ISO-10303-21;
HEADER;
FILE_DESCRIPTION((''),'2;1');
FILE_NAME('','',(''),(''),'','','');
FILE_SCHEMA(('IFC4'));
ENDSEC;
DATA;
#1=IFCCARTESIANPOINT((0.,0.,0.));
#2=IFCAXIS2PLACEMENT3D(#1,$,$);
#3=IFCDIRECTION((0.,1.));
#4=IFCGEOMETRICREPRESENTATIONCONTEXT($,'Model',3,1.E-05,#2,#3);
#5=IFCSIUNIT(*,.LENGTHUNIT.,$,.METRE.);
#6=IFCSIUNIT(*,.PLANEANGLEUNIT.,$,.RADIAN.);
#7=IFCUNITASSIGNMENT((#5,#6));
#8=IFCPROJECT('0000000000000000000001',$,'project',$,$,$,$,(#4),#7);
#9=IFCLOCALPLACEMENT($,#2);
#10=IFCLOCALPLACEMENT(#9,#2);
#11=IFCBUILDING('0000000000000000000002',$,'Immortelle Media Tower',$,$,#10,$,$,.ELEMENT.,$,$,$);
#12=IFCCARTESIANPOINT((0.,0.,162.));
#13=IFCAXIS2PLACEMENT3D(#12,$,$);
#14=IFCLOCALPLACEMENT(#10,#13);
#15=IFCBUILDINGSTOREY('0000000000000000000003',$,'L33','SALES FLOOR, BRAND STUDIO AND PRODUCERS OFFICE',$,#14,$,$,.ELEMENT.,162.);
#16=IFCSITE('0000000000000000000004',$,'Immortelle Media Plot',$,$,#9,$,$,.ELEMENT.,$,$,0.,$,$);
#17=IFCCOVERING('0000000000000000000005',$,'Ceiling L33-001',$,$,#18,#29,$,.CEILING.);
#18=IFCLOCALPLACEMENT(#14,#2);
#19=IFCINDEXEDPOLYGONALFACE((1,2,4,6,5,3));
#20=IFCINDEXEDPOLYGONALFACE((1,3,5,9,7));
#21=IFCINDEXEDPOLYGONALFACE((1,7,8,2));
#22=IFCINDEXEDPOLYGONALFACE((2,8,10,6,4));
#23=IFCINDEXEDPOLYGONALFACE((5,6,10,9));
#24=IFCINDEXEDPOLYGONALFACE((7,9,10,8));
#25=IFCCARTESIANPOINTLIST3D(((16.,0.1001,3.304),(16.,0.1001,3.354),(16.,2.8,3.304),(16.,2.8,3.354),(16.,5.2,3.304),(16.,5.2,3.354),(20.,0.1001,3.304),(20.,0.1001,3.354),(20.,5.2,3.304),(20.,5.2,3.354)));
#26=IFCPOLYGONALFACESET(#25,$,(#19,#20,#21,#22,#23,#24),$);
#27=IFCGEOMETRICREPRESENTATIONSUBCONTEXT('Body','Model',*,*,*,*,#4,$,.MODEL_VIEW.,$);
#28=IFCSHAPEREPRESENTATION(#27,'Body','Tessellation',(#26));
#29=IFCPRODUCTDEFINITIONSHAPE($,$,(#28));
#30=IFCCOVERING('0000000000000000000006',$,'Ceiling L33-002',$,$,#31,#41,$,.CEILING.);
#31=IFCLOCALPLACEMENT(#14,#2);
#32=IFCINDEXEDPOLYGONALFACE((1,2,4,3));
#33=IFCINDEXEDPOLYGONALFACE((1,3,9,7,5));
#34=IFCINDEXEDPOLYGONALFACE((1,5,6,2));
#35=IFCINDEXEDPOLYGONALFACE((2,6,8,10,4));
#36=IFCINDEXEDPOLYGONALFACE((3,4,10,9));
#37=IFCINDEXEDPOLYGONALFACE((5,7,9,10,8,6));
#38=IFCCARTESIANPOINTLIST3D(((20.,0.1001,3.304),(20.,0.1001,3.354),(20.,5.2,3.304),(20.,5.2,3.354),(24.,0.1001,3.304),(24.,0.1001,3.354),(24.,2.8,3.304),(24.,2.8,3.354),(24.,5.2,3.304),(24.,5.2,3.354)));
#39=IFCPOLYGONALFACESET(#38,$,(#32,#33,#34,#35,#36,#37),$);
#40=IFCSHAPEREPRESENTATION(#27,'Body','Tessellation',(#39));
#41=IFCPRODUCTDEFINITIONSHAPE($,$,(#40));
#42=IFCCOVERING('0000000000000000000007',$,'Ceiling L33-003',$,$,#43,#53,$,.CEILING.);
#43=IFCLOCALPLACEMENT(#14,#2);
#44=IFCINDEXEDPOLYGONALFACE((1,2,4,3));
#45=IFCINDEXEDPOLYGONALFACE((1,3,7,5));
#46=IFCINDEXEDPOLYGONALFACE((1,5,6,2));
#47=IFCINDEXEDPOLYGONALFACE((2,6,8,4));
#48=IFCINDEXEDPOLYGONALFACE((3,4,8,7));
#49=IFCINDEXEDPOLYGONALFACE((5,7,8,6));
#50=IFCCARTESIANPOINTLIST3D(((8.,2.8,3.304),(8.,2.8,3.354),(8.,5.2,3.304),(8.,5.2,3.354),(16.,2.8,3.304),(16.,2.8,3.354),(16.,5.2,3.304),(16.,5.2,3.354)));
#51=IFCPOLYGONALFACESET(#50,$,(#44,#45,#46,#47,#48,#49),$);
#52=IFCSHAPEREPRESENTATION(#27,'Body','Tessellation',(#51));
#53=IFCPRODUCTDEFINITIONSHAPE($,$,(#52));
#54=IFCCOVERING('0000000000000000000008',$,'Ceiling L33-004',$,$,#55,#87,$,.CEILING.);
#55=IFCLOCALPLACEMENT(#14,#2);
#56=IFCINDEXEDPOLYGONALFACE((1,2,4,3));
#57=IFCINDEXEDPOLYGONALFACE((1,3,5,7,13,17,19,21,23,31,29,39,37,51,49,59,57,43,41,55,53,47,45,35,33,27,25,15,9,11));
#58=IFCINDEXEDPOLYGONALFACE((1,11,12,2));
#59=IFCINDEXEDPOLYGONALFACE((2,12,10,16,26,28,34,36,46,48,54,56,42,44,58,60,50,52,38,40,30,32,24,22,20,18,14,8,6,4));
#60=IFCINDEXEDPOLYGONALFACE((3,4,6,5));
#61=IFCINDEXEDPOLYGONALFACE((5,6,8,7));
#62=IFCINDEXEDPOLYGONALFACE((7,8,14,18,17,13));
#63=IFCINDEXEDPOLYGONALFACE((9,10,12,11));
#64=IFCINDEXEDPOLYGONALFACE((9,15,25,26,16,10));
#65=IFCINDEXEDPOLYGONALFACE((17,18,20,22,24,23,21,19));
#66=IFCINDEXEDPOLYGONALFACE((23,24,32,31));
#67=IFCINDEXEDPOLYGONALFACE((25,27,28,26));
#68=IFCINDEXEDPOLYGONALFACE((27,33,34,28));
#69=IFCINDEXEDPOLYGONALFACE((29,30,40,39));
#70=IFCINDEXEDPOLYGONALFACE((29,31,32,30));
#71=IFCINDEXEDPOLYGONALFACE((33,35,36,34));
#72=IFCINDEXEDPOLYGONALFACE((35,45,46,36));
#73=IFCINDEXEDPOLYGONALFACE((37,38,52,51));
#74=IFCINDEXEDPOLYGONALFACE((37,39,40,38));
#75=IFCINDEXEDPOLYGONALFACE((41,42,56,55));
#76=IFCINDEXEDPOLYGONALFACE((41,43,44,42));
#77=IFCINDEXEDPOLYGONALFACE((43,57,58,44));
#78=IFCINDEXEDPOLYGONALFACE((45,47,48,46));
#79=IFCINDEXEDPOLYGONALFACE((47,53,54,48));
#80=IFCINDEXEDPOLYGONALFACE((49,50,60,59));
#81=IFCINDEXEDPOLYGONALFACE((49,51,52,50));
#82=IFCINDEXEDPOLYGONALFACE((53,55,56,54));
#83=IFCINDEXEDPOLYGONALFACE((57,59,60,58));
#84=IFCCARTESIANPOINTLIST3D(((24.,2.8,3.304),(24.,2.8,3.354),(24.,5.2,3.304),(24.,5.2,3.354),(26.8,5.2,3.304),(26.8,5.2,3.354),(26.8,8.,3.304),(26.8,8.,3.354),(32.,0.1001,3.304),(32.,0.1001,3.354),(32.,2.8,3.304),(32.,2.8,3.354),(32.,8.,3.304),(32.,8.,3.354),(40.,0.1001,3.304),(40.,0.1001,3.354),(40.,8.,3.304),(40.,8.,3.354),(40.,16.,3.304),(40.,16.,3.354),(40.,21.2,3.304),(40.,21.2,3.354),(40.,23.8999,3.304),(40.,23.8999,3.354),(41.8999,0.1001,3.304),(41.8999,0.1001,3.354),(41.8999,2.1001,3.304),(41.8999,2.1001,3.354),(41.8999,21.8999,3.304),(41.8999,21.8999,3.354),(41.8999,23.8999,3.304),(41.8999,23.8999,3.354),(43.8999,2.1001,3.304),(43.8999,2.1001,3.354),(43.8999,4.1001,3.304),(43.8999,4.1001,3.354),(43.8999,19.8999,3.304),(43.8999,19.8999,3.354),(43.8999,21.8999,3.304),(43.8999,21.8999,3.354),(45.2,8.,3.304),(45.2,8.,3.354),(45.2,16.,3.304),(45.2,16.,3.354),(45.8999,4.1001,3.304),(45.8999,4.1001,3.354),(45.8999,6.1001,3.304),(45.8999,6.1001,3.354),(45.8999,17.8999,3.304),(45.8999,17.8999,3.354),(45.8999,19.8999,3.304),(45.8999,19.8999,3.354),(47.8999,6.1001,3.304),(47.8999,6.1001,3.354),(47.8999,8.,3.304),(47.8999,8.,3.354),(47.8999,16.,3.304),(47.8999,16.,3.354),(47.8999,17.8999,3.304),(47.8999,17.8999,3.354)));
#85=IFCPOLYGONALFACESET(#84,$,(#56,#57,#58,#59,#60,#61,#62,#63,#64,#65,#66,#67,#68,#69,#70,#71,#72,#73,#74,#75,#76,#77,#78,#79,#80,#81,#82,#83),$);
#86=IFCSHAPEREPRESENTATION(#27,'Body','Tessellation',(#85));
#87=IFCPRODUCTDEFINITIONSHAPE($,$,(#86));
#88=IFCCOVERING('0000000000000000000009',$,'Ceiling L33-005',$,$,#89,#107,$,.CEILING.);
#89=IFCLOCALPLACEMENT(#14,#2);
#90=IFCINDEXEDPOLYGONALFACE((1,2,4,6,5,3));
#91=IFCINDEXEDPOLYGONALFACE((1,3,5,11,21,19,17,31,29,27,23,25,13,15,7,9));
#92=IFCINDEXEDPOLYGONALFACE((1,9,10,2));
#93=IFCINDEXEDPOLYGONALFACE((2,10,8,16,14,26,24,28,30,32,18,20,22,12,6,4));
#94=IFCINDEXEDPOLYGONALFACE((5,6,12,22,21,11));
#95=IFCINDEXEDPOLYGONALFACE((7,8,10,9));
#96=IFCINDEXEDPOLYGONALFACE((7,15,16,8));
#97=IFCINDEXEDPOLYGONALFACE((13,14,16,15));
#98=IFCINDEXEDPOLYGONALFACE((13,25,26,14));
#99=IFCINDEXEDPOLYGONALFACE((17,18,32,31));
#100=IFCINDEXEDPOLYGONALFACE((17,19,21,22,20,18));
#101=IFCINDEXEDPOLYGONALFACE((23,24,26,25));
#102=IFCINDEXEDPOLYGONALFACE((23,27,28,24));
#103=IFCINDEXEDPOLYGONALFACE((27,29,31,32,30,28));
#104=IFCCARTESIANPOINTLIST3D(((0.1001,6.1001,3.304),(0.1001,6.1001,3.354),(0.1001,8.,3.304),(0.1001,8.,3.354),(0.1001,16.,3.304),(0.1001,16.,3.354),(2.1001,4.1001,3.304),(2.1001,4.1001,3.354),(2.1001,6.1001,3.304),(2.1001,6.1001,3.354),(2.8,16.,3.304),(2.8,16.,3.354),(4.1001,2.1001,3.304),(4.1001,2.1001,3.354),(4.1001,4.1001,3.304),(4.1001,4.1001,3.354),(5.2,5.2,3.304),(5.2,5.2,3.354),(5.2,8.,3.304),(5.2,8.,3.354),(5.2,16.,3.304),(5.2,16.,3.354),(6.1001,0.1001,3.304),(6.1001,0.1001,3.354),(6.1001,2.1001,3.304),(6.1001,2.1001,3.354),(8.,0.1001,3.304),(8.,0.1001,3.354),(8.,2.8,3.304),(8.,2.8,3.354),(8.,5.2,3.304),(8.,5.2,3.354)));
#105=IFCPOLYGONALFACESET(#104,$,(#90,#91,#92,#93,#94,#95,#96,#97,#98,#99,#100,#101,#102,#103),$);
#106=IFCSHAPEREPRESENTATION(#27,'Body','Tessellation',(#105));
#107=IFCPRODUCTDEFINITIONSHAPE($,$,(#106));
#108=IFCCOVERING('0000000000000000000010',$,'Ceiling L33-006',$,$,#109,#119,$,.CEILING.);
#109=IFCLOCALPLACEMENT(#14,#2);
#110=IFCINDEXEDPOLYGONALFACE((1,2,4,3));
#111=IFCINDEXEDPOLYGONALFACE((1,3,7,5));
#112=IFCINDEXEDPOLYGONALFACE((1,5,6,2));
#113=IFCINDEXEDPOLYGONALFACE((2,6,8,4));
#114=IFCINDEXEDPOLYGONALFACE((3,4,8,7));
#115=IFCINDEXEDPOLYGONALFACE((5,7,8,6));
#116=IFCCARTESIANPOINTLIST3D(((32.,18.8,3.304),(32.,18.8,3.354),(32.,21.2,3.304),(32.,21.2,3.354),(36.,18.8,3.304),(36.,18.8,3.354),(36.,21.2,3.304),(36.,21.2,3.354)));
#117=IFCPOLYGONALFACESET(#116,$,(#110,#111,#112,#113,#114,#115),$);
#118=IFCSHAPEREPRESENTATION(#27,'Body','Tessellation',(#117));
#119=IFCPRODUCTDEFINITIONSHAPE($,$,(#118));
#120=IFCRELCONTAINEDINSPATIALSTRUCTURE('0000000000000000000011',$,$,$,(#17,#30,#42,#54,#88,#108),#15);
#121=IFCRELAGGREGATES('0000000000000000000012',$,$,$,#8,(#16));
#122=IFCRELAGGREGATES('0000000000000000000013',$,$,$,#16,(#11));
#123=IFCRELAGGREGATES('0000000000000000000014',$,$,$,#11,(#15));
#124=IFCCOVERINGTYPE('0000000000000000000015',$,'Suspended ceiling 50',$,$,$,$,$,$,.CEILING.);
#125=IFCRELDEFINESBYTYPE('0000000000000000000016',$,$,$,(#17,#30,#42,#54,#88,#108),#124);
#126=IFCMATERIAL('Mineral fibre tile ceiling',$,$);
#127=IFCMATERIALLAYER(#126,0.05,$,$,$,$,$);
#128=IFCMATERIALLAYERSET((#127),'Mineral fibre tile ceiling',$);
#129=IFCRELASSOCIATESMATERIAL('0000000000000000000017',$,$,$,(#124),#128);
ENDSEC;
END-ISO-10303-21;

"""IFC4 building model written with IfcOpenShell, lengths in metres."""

from ifc_helpers import new_model, si_unit, direction, frame, origin, place, context, subcontext, project, spatial, polyline, outline, extrude, material, layer, layer_set, type_object, element, save


model = new_model("IFC4")

# Units and contexts
model_context = context("Model", 3, precision=1e-05, world=origin(), true_north=direction((0.0, 1.0)))
body_context = subcontext(model_context, "Body", "Model", "MODEL_VIEW")
ifc_project = project(units=[si_unit("LENGTHUNIT", "METRE"), si_unit("PLANEANGLEUNIT", "RADIAN")], contexts=[model_context])

# Site, building, storey
site_placement = place(None, origin())
site = spatial("IfcSite", under=ifc_project, at=site_placement, Name="Immortelle Media Plot", CompositionType="ELEMENT", RefElevation=0.0)
building_placement = place(site_placement, origin())
building = spatial("IfcBuilding", under=site, at=building_placement, Name="Immortelle Media Tower", CompositionType="ELEMENT")
storey_placement = place(building_placement, frame((0.0, 0.0, 162.0)))
storey = spatial("IfcBuildingStorey", under=building, at=storey_placement, Name="L33", Description="SALES FLOOR, BRAND STUDIO AND PRODUCERS OFFICE", CompositionType="ELEMENT", Elevation=162.0)

# Coverings
ifc_material_1 = material(Name="Mineral fibre tile ceiling")
ifc_layer_1 = layer(ifc_material_1, 0.05)
ifc_layer_set_1 = layer_set([ifc_layer_1], Name="Mineral fibre tile ceiling")
covering_type = type_object("IfcCoveringType", Name="Suspended ceiling 50", PredefinedType="CEILING", material=ifc_layer_set_1)
covering_1_placement = place(storey_placement, frame((0.0, 0.0, 3.304)))
element("IfcCovering", 1, at=covering_1_placement, inside=storey, type_object=covering_type, Name="Ceiling L33-001", PredefinedType="CEILING", context=body_context, shape_type="SweptSolid", body=[
    extrude(outline(polyline([(16.0, 2.8), (16.0, 5.2), (20.0, 5.2), (20.0, 0.1001), (16.0, 0.1001), (16.0, 2.8)])), origin(), (0.0, 0.0, 1.0), 0.05),
])
covering_2_placement = place(storey_placement, frame((0.0, 0.0, 3.304)))
element("IfcCovering", 2, at=covering_2_placement, inside=storey, type_object=covering_type, Name="Ceiling L33-002", PredefinedType="CEILING", context=body_context, shape_type="SweptSolid", body=[
    extrude(outline(polyline([(24.0, 5.2), (24.0, 2.8), (24.0, 0.1001), (20.0, 0.1001), (20.0, 5.2), (24.0, 5.2)])), origin(), (0.0, 0.0, 1.0), 0.05),
])
covering_3_placement = place(storey_placement, frame((0.0, 0.0, 3.304)))
element("IfcCovering", 3, at=covering_3_placement, inside=storey, type_object=covering_type, Name="Ceiling L33-003", PredefinedType="CEILING", context=body_context, shape_type="SweptSolid", body=[
    extrude(outline(polyline([(8.0, 2.8), (8.0, 5.2), (16.0, 5.2), (16.0, 2.8), (8.0, 2.8)])), origin(), (0.0, 0.0, 1.0), 0.05),
])
covering_4_placement = place(storey_placement, frame((0.0, 0.0, 3.304)))
element("IfcCovering", 4, at=covering_4_placement, inside=storey, type_object=covering_type, Name="Ceiling L33-004", PredefinedType="CEILING", context=body_context, shape_type="SweptSolid", body=[
    extrude(outline(polyline([(26.8, 5.2), (26.8, 8.0), (32.0, 8.0), (40.0, 8.0), (40.0, 16.0), (40.0, 21.2), (40.0, 23.8999), (41.8999, 23.8999), (41.8999, 21.8999), (43.8999, 21.8999), (43.8999, 19.8999), (45.8999, 19.8999), (45.8999, 17.8999), (47.8999, 17.8999), (47.8999, 16.0), (45.2, 16.0), (45.2, 8.0), (47.8999, 8.0), (47.8999, 6.1001), (45.8999, 6.1001), (45.8999, 4.1001), (43.8999, 4.1001), (43.8999, 2.1001), (41.8999, 2.1001), (41.8999, 0.1001), (40.0, 0.1001), (32.0, 0.1001), (32.0, 2.8), (24.0, 2.8), (24.0, 5.2), (26.8, 5.2)])), origin(), (0.0, 0.0, 1.0), 0.05),
])
covering_5_placement = place(storey_placement, frame((0.0, 0.0, 3.304)))
element("IfcCovering", 5, at=covering_5_placement, inside=storey, type_object=covering_type, Name="Ceiling L33-005", PredefinedType="CEILING", context=body_context, shape_type="SweptSolid", body=[
    extrude(outline(polyline([(6.1001, 2.1001), (4.1001, 2.1001), (4.1001, 4.1001), (2.1001, 4.1001), (2.1001, 6.1001), (0.1001, 6.1001), (0.1001, 8.0), (0.1001, 16.0), (2.8, 16.0), (5.2, 16.0), (5.2, 8.0), (5.2, 5.2), (8.0, 5.2), (8.0, 2.8), (8.0, 0.1001), (6.1001, 0.1001), (6.1001, 2.1001)])), origin(), (0.0, 0.0, 1.0), 0.05),
])
covering_6_placement = place(storey_placement, frame((0.0, 0.0, 3.304)))
element("IfcCovering", 6, at=covering_6_placement, inside=storey, type_object=covering_type, Name="Ceiling L33-006", PredefinedType="CEILING", context=body_context, shape_type="SweptSolid", body=[
    extrude(outline(polyline([(32.0, 18.8), (32.0, 21.2), (36.0, 21.2), (36.0, 18.8), (32.0, 18.8)])), origin(), (0.0, 0.0, 1.0), 0.05),
])

save(model, "model.ifc")
